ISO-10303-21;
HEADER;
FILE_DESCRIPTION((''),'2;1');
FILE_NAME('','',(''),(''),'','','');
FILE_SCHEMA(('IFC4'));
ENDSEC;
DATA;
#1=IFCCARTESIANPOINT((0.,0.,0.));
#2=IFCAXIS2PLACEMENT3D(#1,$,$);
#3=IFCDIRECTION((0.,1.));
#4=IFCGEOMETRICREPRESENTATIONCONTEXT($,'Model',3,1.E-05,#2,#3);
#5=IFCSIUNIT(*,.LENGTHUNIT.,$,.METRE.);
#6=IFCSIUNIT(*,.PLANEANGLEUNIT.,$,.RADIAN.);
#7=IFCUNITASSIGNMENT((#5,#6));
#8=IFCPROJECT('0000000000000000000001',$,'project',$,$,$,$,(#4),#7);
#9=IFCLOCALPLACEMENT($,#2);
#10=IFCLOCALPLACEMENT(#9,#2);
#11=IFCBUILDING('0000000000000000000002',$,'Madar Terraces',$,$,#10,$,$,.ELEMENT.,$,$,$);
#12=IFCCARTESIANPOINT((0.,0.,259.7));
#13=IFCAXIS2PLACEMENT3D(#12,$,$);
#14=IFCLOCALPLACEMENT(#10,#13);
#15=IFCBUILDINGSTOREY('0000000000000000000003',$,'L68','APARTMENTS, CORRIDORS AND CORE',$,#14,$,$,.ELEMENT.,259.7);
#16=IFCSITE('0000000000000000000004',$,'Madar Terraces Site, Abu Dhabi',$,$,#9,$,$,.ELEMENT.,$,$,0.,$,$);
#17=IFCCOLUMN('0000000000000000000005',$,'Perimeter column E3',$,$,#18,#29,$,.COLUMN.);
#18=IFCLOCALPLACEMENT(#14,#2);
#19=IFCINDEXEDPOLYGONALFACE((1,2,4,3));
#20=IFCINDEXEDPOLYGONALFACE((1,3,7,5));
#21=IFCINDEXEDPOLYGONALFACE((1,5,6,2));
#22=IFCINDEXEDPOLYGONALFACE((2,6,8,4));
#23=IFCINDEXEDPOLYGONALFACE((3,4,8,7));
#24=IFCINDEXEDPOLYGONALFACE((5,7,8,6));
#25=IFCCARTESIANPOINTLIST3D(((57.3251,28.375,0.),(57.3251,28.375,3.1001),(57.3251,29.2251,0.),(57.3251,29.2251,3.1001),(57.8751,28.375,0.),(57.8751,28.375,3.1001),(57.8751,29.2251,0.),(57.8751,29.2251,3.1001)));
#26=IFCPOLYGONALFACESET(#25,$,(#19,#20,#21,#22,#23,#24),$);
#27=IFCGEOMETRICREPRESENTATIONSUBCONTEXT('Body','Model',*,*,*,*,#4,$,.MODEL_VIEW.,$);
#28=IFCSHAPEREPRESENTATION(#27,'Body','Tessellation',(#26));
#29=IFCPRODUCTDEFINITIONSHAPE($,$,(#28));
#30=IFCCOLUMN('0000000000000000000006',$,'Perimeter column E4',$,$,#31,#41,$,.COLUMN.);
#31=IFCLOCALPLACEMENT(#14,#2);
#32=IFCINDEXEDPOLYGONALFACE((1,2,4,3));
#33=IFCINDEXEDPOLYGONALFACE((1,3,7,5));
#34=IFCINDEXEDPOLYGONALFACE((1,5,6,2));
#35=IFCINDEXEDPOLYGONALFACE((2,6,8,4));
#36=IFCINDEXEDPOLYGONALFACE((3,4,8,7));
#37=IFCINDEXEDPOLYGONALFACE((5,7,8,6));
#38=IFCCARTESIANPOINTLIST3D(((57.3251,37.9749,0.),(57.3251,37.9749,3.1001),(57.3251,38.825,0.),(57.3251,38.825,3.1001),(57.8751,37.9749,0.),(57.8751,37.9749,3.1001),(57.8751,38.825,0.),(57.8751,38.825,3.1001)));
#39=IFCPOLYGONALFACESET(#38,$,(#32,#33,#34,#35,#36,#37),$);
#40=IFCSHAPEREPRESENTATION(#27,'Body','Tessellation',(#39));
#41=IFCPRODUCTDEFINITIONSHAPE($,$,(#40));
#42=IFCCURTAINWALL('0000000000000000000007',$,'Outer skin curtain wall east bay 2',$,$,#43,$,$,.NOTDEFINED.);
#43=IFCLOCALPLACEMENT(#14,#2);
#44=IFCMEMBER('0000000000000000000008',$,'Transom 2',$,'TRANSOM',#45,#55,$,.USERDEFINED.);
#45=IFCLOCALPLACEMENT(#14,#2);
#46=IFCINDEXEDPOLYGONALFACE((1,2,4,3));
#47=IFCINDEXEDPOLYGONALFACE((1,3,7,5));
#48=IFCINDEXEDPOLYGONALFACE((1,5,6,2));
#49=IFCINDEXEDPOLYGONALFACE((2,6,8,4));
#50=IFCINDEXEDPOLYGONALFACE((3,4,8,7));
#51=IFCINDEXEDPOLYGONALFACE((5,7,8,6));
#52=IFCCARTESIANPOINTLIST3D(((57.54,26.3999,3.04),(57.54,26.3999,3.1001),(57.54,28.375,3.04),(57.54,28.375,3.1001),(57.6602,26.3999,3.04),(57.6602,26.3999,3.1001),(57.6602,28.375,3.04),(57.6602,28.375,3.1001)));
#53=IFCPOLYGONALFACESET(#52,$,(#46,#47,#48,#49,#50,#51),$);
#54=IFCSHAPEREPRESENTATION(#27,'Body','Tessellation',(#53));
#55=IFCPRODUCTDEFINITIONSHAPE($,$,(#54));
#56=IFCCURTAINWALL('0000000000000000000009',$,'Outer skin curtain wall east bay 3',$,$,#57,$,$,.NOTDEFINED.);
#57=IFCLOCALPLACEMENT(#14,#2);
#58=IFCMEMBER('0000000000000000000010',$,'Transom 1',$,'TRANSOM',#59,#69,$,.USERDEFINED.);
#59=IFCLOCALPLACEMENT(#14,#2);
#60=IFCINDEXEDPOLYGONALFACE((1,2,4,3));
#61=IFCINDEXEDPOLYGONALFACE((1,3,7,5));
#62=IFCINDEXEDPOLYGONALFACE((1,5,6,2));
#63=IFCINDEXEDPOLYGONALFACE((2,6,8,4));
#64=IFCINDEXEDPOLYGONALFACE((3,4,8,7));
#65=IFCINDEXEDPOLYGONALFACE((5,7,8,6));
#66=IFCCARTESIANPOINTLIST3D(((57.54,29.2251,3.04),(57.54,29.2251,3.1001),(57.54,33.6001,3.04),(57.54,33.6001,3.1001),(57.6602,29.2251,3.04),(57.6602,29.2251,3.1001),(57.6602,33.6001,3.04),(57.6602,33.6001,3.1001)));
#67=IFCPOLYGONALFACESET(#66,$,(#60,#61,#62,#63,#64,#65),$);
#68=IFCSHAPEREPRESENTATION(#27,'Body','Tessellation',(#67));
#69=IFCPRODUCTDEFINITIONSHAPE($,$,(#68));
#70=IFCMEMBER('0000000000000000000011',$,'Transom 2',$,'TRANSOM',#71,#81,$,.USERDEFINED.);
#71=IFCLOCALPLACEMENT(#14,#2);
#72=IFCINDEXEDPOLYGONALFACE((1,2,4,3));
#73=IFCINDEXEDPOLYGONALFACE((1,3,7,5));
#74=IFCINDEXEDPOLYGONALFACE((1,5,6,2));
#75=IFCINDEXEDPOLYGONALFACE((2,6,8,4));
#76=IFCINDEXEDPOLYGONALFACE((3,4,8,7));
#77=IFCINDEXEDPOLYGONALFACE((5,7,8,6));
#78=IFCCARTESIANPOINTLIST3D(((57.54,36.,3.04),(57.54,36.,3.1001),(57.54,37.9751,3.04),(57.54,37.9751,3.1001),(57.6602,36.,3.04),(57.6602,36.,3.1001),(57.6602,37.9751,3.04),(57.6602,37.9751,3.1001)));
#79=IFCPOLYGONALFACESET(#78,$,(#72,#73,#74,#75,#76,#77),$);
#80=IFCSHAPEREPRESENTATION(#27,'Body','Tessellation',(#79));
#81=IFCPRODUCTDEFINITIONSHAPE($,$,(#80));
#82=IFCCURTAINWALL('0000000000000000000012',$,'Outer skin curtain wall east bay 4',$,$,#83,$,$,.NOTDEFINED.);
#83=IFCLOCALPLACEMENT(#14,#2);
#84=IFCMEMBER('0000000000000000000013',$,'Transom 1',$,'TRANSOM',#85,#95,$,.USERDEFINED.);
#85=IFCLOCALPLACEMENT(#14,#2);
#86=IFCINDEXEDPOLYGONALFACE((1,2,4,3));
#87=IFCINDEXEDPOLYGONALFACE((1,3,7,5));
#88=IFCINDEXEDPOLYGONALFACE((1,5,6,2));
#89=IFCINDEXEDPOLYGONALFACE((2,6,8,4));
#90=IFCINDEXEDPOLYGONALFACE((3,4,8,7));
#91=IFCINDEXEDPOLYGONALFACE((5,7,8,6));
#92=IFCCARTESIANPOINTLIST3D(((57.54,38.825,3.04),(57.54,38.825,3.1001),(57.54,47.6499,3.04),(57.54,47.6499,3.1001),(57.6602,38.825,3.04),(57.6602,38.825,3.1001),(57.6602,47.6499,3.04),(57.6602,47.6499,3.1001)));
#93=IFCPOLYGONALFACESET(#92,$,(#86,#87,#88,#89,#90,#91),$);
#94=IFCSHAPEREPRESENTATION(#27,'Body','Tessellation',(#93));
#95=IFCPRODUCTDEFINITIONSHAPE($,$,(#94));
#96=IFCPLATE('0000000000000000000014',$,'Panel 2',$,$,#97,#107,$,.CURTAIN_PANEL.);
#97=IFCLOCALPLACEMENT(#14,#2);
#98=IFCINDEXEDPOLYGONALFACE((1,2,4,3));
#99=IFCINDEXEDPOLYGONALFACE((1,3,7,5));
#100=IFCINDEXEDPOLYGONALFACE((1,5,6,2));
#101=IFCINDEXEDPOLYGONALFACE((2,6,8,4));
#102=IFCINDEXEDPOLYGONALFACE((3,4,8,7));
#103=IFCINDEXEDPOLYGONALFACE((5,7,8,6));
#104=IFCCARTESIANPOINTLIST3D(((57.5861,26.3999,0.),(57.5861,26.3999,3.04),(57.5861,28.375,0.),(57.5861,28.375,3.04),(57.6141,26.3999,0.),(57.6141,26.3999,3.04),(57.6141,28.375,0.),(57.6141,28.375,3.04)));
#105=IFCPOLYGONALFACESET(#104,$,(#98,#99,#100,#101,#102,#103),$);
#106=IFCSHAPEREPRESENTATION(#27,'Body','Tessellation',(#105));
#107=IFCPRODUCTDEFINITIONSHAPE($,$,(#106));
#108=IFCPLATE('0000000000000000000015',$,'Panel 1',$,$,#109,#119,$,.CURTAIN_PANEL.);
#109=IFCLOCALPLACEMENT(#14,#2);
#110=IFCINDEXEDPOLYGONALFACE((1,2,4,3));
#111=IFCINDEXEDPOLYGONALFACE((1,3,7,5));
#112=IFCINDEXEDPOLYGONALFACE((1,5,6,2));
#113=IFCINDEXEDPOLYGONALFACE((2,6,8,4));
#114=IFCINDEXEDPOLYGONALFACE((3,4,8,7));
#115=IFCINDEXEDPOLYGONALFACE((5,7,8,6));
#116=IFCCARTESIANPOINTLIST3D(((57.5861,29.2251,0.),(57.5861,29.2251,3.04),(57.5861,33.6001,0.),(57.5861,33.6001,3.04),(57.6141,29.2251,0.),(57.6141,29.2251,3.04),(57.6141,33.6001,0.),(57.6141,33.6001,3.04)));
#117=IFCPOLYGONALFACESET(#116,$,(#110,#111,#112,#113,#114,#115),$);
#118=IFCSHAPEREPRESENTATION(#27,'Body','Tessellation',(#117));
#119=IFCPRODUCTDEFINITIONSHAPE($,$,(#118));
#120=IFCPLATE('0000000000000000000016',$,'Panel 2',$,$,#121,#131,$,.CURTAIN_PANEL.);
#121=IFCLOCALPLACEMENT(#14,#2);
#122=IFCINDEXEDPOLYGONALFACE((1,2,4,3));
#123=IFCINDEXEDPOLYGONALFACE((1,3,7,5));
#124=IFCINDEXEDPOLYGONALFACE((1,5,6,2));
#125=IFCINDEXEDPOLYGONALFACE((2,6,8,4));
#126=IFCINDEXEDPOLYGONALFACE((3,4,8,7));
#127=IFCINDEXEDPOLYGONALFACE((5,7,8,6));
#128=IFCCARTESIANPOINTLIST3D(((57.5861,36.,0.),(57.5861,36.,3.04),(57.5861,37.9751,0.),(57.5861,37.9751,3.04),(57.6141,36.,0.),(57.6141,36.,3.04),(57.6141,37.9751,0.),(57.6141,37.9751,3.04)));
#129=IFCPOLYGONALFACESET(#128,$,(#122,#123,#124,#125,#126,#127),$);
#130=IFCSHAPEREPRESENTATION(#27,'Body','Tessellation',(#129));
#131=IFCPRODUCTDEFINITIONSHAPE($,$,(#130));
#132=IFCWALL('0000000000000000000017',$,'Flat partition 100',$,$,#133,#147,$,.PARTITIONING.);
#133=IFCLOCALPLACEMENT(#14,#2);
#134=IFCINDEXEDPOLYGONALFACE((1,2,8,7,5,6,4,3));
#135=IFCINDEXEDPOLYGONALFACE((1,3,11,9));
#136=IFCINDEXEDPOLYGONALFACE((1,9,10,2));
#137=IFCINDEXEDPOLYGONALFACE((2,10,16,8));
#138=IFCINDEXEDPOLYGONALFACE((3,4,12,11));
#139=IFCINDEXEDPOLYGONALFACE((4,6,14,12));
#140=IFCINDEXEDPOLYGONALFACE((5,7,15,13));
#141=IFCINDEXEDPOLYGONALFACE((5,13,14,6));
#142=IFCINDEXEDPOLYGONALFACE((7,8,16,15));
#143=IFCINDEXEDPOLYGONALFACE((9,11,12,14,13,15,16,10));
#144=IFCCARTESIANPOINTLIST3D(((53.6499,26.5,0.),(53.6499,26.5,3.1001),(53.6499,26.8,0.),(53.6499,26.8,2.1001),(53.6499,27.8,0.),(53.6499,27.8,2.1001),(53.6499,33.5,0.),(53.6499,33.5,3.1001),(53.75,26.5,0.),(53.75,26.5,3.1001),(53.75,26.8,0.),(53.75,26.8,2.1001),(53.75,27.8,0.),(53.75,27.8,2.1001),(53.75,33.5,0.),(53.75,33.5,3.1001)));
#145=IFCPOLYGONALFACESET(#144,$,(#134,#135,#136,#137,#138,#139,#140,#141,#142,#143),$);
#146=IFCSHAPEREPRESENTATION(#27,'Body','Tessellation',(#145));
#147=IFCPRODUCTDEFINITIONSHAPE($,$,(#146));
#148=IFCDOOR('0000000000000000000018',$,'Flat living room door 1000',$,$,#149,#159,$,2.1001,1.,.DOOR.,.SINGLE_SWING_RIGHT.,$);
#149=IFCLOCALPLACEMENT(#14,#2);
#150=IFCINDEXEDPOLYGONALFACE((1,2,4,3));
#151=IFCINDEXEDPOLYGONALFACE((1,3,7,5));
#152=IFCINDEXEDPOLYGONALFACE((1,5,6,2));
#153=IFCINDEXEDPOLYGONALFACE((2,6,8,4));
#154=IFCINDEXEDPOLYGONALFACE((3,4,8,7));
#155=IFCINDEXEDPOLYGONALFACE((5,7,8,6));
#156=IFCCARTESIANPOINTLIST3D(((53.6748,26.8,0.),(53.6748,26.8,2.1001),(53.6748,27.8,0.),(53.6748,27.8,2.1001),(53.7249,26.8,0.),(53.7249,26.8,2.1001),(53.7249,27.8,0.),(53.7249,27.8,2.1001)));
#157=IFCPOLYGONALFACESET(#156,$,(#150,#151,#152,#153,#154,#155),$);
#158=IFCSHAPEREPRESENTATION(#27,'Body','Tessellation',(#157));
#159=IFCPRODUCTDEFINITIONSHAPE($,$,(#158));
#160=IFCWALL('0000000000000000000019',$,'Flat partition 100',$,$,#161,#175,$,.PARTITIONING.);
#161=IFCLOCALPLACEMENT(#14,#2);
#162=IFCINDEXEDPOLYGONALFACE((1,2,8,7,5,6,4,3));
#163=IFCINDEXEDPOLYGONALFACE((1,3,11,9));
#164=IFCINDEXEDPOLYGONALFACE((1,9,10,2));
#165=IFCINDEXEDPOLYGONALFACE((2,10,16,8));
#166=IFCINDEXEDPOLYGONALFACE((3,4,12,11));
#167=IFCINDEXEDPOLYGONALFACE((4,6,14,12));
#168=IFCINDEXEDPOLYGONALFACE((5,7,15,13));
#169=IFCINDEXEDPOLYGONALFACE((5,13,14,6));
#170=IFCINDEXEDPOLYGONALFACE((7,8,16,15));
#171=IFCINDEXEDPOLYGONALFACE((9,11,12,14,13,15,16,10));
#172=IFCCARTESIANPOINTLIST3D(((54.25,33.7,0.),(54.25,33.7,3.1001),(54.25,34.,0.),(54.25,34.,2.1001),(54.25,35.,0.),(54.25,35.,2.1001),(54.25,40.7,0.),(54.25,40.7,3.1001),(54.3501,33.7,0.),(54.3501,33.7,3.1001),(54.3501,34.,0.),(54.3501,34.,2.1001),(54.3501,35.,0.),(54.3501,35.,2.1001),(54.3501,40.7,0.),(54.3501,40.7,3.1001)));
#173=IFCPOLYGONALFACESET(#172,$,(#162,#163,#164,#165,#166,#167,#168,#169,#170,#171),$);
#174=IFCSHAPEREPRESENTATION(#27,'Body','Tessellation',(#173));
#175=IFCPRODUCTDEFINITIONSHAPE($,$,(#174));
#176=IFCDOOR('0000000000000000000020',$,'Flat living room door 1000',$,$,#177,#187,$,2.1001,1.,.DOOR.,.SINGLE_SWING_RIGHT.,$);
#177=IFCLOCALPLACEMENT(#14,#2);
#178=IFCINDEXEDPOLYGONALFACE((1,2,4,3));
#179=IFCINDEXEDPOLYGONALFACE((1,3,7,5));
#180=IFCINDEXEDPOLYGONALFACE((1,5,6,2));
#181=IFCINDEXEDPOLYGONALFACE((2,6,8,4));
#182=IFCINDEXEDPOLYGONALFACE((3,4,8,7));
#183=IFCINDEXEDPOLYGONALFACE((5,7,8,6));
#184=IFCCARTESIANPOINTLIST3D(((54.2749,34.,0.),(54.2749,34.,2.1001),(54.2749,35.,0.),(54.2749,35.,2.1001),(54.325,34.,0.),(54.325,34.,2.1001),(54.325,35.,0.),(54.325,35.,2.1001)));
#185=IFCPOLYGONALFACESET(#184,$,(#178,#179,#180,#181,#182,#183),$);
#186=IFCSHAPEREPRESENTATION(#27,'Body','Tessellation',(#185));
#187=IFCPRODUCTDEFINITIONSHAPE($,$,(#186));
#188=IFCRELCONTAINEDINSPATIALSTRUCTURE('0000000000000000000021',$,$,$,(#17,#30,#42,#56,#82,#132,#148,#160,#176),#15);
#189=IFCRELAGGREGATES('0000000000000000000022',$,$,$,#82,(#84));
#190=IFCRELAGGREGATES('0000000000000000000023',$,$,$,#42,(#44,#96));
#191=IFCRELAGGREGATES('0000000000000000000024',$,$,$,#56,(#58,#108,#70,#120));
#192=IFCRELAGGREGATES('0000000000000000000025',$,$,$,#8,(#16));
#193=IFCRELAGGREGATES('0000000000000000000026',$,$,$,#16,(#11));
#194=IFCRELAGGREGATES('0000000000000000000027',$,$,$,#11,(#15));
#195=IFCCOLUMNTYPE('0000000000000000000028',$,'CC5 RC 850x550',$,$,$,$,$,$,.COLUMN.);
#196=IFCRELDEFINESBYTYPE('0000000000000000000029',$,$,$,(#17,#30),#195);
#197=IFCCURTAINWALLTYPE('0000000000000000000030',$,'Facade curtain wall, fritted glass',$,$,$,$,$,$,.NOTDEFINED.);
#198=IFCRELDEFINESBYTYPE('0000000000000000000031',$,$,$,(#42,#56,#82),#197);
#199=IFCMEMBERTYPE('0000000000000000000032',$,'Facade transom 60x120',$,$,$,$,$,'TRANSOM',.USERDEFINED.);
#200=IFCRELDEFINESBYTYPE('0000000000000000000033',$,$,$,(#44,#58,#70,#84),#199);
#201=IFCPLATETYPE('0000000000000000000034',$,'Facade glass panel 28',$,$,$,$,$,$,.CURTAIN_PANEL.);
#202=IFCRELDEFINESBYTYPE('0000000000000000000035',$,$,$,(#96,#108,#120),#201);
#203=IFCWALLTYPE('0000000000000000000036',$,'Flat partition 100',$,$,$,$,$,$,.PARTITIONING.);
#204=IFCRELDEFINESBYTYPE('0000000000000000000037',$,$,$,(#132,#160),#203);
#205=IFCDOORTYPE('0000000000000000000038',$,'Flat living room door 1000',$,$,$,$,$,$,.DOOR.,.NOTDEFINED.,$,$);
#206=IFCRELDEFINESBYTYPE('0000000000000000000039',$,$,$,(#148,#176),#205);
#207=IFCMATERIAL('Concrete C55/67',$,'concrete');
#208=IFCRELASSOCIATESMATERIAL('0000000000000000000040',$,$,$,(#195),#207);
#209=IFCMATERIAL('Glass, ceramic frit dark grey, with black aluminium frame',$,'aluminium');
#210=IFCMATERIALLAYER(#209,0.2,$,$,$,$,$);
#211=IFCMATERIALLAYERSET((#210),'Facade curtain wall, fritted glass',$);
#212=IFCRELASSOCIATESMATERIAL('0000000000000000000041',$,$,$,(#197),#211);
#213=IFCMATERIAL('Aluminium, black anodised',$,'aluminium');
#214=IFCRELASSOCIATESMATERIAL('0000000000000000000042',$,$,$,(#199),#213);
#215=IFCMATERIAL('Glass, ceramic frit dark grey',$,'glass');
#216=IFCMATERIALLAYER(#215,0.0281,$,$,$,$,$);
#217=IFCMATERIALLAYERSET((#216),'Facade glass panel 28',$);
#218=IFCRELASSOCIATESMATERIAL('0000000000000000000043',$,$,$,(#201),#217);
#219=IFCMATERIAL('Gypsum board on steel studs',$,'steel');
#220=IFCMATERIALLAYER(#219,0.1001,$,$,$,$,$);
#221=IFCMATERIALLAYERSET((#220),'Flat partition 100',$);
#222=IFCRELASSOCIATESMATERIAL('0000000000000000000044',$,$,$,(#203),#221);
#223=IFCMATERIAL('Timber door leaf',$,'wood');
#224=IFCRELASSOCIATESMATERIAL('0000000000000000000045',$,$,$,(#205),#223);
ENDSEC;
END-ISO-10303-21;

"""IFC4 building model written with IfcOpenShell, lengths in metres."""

from ifc_helpers import new_model, si_unit, direction, frame, frame_2d, origin, origin_2d, place, context, subcontext, project, spatial, rectangle, extrude, material, layer, layer_set, material_profile, profile_set, type_object, element, fill, aggregate, save


model = new_model("IFC4")

# Units and contexts
model_context = context("Model", 3, precision=1e-05, world=origin(), true_north=direction((0.0, 1.0)))
body_context = subcontext(model_context, "Body", "Model", "MODEL_VIEW")
ifc_project = project(units=[si_unit("LENGTHUNIT", "METRE"), si_unit("PLANEANGLEUNIT", "RADIAN")], contexts=[model_context])

# Site, building, storey
site_placement = place(None, origin())
site = spatial("IfcSite", under=ifc_project, at=site_placement, Name="Madar Terraces Site, Abu Dhabi", CompositionType="ELEMENT", RefElevation=0.0)
building_placement = place(site_placement, origin())
building = spatial("IfcBuilding", under=site, at=building_placement, Name="Madar Terraces", CompositionType="ELEMENT")
storey_placement = place(building_placement, frame((0.0, 0.0, 259.7)))
storey = spatial("IfcBuildingStorey", under=building, at=storey_placement, Name="L68", Description="APARTMENTS, CORRIDORS AND CORE", CompositionType="ELEMENT", Elevation=259.7)

# Columns
ifc_material_1 = material(Name="Concrete C55/67", Category="concrete")
ifc_material_profile_1 = material_profile(ifc_material_1, rectangle(XDim=0.8501, YDim=0.55, at=origin_2d()), Name="CC5 RC 850x550")
ifc_profile_set_1 = profile_set([ifc_material_profile_1], Name="Concrete C55/67")
column_type = type_object("IfcColumnType", Name="CC5 RC 850x550", PredefinedType="COLUMN", material=ifc_profile_set_1)
for number, where, z_axis, x_axis, name in (
    (1, (57.6001, 28.8, 0.0), (0.0, 0.0, 1.0), (0.0, 1.0, 0.0), "Perimeter column E3"),
    (2, (57.6001, 38.3999, 0.0), (0.0, 0.0, 1.0), (0.0, 1.0, 0.0), "Perimeter column E4"),
):
    element("IfcColumn", number, at=place(storey_placement, frame(where, z_axis=z_axis, x_axis=x_axis)), inside=storey, type_object=column_type, Name=name, PredefinedType="COLUMN", context=body_context, shape_type="SweptSolid", body=[
        extrude(rectangle(XDim=0.8501, YDim=0.55, at=origin_2d()), origin(), (0.0, 0.0, 1.0), 3.1001),
    ])

# Curtain wall, member
ifc_material_2 = material(Name="Glass, ceramic frit dark grey, with black aluminium frame", Category="aluminium")
ifc_layer_1 = layer(ifc_material_2, 0.2)
ifc_layer_set_1 = layer_set([ifc_layer_1], Name="Facade curtain wall, fritted glass")
curtain_wall_type = type_object("IfcCurtainWallType", Name="Facade curtain wall, fritted glass", PredefinedType="NOTDEFINED", material=ifc_layer_set_1)
curtain_wall_1_placement = place(storey_placement, origin())
curtain_wall_1 = element("IfcCurtainWall", 3, at=curtain_wall_1_placement, inside=storey, type_object=curtain_wall_type, Name="Outer skin curtain wall east bay 2", PredefinedType="NOTDEFINED")
ifc_material_3 = material(Name="Aluminium, black anodised", Category="aluminium")
ifc_material_profile_2 = material_profile(ifc_material_3, rectangle(XDim=0.1201, YDim=0.0601, at=origin_2d()), Name="Facade transom 60x120")
ifc_profile_set_2 = profile_set([ifc_material_profile_2], Name="Aluminium, black anodised")
member_type = type_object("IfcMemberType", Name="Facade transom 60x120", ElementType="TRANSOM", PredefinedType="USERDEFINED", material=ifc_profile_set_2)
member_1_placement = place(storey_placement, frame((57.6001, 26.3999, 3.0701), z_axis=(0.0, 1.0, 0.0), x_axis=(-1.0, 0.0, 0.0)))
member_1 = element("IfcMember", 4, at=member_1_placement, type_object=member_type, Name="Transom 2", ObjectType="TRANSOM", PredefinedType="USERDEFINED", context=body_context, shape_type="SweptSolid", body=[
    extrude(rectangle(XDim=0.1201, YDim=0.0601, at=origin_2d()), origin(), (0.0, 0.0, 1.0), 1.9751),
])

# Curtain wall, members
curtain_wall_2_placement = place(storey_placement, origin())
curtain_wall_2 = element("IfcCurtainWall", 5, at=curtain_wall_2_placement, inside=storey, type_object=curtain_wall_type, Name="Outer skin curtain wall east bay 3", PredefinedType="NOTDEFINED")
member_2_placement = place(storey_placement, frame((57.6001, 29.2251, 3.0701), z_axis=(0.0, 1.0, 0.0), x_axis=(-1.0, 0.0, 0.0)))
member_2 = element("IfcMember", 6, at=member_2_placement, type_object=member_type, Name="Transom 1", ObjectType="TRANSOM", PredefinedType="USERDEFINED", context=body_context, shape_type="SweptSolid", body=[
    extrude(rectangle(XDim=0.1201, YDim=0.0601, at=origin_2d()), origin(), (0.0, 0.0, 1.0), 4.375),
])
member_3_placement = place(storey_placement, frame((57.6001, 36.0, 3.0701), z_axis=(0.0, 1.0, 0.0), x_axis=(-1.0, 0.0, 0.0)))
member_3 = element("IfcMember", 7, at=member_3_placement, type_object=member_type, Name="Transom 2", ObjectType="TRANSOM", PredefinedType="USERDEFINED", context=body_context, shape_type="SweptSolid", body=[
    extrude(rectangle(XDim=0.1201, YDim=0.0601, at=origin_2d()), origin(), (0.0, 0.0, 1.0), 1.9751),
])

# Curtain wall, member
curtain_wall_3_placement = place(storey_placement, origin())
curtain_wall_3 = element("IfcCurtainWall", 8, at=curtain_wall_3_placement, inside=storey, type_object=curtain_wall_type, Name="Outer skin curtain wall east bay 4", PredefinedType="NOTDEFINED")
member_4_placement = place(storey_placement, frame((57.6001, 38.825, 3.0701), z_axis=(0.0, 1.0, 0.0), x_axis=(-1.0, 0.0, 0.0)))
member_4 = element("IfcMember", 9, at=member_4_placement, type_object=member_type, Name="Transom 1", ObjectType="TRANSOM", PredefinedType="USERDEFINED", context=body_context, shape_type="SweptSolid", body=[
    extrude(rectangle(XDim=0.1201, YDim=0.0601, at=origin_2d()), origin(), (0.0, 0.0, 1.0), 8.825),
])
aggregate(curtain_wall_3, [member_4])

# Plates
ifc_material_4 = material(Name="Glass, ceramic frit dark grey", Category="glass")
ifc_layer_2 = layer(ifc_material_4, 0.0281)
ifc_layer_set_2 = layer_set([ifc_layer_2], Name="Facade glass panel 28")
plate_type = type_object("IfcPlateType", Name="Facade glass panel 28", PredefinedType="CURTAIN_PANEL", material=ifc_layer_set_2)
plate_1_placement = place(storey_placement, frame((57.6001, 27.3875, 0.0), z_axis=(0.0, 0.0, 1.0), x_axis=(0.0, 1.0, 0.0)))
plate_1 = element("IfcPlate", 10, at=plate_1_placement, type_object=plate_type, Name="Panel 2", PredefinedType="CURTAIN_PANEL", context=body_context, shape_type="SweptSolid", body=[
    extrude(rectangle(XDim=1.9751, YDim=0.0281, at=origin_2d()), origin(), (0.0, 0.0, 1.0), 3.04),
])
aggregate(curtain_wall_1, [member_1, plate_1])
plate_2_placement = place(storey_placement, frame((57.6001, 31.4126, 0.0), z_axis=(0.0, 0.0, 1.0), x_axis=(0.0, 1.0, 0.0)))
plate_2 = element("IfcPlate", 11, at=plate_2_placement, type_object=plate_type, Name="Panel 1", PredefinedType="CURTAIN_PANEL", context=body_context, shape_type="SweptSolid", body=[
    extrude(rectangle(XDim=4.375, YDim=0.0281, at=origin_2d()), origin(), (0.0, 0.0, 1.0), 3.04),
])
plate_3_placement = place(storey_placement, frame((57.6001, 36.9875, 0.0), z_axis=(0.0, 0.0, 1.0), x_axis=(0.0, 1.0, 0.0)))
plate_3 = element("IfcPlate", 12, at=plate_3_placement, type_object=plate_type, Name="Panel 2", PredefinedType="CURTAIN_PANEL", context=body_context, shape_type="SweptSolid", body=[
    extrude(rectangle(XDim=1.9751, YDim=0.0281, at=origin_2d()), origin(), (0.0, 0.0, 1.0), 3.04),
])
aggregate(curtain_wall_2, [member_2, plate_2, member_3, plate_3])

# Walls, openings, doors
ifc_material_5 = material(Name="Gypsum board on steel studs", Category="steel")
ifc_layer_3 = layer(ifc_material_5, 0.1001)
ifc_layer_set_3 = layer_set([ifc_layer_3], Name="Flat partition 100")
wall_type_1 = type_object("IfcWallType", Name="Flat partition 100", PredefinedType="PARTITIONING", material=ifc_layer_set_3)
wall_1_placement = place(storey_placement, frame((53.7, 33.5, 0.0), z_axis=(0.0, 0.0, 1.0), x_axis=(0.0, -1.0, 0.0)))
wall_1 = element("IfcWall", 13, at=wall_1_placement, inside=storey, type_object=wall_type_1, Name="Flat partition 100", PredefinedType="PARTITIONING", context=body_context, shape_type="SweptSolid", body=[
    extrude(rectangle(XDim=7.0, YDim=0.1001, at=frame_2d((3.5, 0.0))), origin(), (0.0, 0.0, 1.0), 3.1001),
])
opening_1_placement = place(wall_1_placement, frame((5.7, 0.0, 0.0)))
opening_1 = element("IfcOpeningElement", 14, at=opening_1_placement, cuts=wall_1, PredefinedType="OPENING", context=body_context, shape_type="SweptSolid", body=[
    extrude(rectangle(XDim=1.0, YDim=2.1001, at=frame_2d((0.5, 1.05))), frame((0.0, 0.0601, 0.0), z_axis=(0.0, -1.0, 0.0), x_axis=(1.0, 0.0, 0.0)), (0.0, 0.0, 1.0), 0.1201),
])
ifc_material_6 = material(Name="Timber door leaf", Category="wood")
door_type_1 = type_object("IfcDoorType", Name="Flat living room door 1000", OperationType="NOTDEFINED", PredefinedType="DOOR", material=ifc_material_6)
door_1_placement = place(opening_1_placement, origin())
door_1 = element("IfcDoor", 15, at=door_1_placement, inside=storey, type_object=door_type_1, Name="Flat living room door 1000", OperationType="SINGLE_SWING_RIGHT", OverallHeight=2.1001, OverallWidth=1.0, PredefinedType="DOOR", context=body_context, shape_type="SweptSolid", body=[
    extrude(rectangle(XDim=1.0, YDim=2.1001, at=frame_2d((0.5, 1.05))), frame((0.0, 0.0249, 0.0), z_axis=(0.0, -1.0, 0.0), x_axis=(1.0, 0.0, 0.0)), (0.0, 0.0, 1.0), 0.05),
])
fill(opening_1, door_1)
wall_2_placement = place(storey_placement, frame((54.3, 40.7, 0.0), z_axis=(0.0, 0.0, 1.0), x_axis=(0.0, -1.0, 0.0)))
wall_2 = element("IfcWall", 16, at=wall_2_placement, inside=storey, type_object=wall_type_1, Name="Flat partition 100", PredefinedType="PARTITIONING", context=body_context, shape_type="SweptSolid", body=[
    extrude(rectangle(XDim=7.0, YDim=0.1001, at=frame_2d((3.5, 0.0))), origin(), (0.0, 0.0, 1.0), 3.1001),
])
opening_2_placement = place(wall_2_placement, frame((5.7, 0.0, 0.0)))
opening_2 = element("IfcOpeningElement", 17, at=opening_2_placement, cuts=wall_2, PredefinedType="OPENING", context=body_context, shape_type="SweptSolid", body=[
    extrude(rectangle(XDim=1.0, YDim=2.1001, at=frame_2d((0.5, 1.05))), frame((0.0, 0.0601, 0.0), z_axis=(0.0, -1.0, 0.0), x_axis=(1.0, 0.0, 0.0)), (0.0, 0.0, 1.0), 0.1201),
])
door_2_placement = place(opening_2_placement, origin())
door_2 = element("IfcDoor", 18, at=door_2_placement, inside=storey, type_object=door_type_1, Name="Flat living room door 1000", OperationType="SINGLE_SWING_RIGHT", OverallHeight=2.1001, OverallWidth=1.0, PredefinedType="DOOR", context=body_context, shape_type="SweptSolid", body=[
    extrude(rectangle(XDim=1.0, YDim=2.1001, at=frame_2d((0.5, 1.05))), frame((0.0, 0.0249, 0.0), z_axis=(0.0, -1.0, 0.0), x_axis=(1.0, 0.0, 0.0)), (0.0, 0.0, 1.0), 0.05),
])
fill(opening_2, door_2)

save(model, "model.ifc")
